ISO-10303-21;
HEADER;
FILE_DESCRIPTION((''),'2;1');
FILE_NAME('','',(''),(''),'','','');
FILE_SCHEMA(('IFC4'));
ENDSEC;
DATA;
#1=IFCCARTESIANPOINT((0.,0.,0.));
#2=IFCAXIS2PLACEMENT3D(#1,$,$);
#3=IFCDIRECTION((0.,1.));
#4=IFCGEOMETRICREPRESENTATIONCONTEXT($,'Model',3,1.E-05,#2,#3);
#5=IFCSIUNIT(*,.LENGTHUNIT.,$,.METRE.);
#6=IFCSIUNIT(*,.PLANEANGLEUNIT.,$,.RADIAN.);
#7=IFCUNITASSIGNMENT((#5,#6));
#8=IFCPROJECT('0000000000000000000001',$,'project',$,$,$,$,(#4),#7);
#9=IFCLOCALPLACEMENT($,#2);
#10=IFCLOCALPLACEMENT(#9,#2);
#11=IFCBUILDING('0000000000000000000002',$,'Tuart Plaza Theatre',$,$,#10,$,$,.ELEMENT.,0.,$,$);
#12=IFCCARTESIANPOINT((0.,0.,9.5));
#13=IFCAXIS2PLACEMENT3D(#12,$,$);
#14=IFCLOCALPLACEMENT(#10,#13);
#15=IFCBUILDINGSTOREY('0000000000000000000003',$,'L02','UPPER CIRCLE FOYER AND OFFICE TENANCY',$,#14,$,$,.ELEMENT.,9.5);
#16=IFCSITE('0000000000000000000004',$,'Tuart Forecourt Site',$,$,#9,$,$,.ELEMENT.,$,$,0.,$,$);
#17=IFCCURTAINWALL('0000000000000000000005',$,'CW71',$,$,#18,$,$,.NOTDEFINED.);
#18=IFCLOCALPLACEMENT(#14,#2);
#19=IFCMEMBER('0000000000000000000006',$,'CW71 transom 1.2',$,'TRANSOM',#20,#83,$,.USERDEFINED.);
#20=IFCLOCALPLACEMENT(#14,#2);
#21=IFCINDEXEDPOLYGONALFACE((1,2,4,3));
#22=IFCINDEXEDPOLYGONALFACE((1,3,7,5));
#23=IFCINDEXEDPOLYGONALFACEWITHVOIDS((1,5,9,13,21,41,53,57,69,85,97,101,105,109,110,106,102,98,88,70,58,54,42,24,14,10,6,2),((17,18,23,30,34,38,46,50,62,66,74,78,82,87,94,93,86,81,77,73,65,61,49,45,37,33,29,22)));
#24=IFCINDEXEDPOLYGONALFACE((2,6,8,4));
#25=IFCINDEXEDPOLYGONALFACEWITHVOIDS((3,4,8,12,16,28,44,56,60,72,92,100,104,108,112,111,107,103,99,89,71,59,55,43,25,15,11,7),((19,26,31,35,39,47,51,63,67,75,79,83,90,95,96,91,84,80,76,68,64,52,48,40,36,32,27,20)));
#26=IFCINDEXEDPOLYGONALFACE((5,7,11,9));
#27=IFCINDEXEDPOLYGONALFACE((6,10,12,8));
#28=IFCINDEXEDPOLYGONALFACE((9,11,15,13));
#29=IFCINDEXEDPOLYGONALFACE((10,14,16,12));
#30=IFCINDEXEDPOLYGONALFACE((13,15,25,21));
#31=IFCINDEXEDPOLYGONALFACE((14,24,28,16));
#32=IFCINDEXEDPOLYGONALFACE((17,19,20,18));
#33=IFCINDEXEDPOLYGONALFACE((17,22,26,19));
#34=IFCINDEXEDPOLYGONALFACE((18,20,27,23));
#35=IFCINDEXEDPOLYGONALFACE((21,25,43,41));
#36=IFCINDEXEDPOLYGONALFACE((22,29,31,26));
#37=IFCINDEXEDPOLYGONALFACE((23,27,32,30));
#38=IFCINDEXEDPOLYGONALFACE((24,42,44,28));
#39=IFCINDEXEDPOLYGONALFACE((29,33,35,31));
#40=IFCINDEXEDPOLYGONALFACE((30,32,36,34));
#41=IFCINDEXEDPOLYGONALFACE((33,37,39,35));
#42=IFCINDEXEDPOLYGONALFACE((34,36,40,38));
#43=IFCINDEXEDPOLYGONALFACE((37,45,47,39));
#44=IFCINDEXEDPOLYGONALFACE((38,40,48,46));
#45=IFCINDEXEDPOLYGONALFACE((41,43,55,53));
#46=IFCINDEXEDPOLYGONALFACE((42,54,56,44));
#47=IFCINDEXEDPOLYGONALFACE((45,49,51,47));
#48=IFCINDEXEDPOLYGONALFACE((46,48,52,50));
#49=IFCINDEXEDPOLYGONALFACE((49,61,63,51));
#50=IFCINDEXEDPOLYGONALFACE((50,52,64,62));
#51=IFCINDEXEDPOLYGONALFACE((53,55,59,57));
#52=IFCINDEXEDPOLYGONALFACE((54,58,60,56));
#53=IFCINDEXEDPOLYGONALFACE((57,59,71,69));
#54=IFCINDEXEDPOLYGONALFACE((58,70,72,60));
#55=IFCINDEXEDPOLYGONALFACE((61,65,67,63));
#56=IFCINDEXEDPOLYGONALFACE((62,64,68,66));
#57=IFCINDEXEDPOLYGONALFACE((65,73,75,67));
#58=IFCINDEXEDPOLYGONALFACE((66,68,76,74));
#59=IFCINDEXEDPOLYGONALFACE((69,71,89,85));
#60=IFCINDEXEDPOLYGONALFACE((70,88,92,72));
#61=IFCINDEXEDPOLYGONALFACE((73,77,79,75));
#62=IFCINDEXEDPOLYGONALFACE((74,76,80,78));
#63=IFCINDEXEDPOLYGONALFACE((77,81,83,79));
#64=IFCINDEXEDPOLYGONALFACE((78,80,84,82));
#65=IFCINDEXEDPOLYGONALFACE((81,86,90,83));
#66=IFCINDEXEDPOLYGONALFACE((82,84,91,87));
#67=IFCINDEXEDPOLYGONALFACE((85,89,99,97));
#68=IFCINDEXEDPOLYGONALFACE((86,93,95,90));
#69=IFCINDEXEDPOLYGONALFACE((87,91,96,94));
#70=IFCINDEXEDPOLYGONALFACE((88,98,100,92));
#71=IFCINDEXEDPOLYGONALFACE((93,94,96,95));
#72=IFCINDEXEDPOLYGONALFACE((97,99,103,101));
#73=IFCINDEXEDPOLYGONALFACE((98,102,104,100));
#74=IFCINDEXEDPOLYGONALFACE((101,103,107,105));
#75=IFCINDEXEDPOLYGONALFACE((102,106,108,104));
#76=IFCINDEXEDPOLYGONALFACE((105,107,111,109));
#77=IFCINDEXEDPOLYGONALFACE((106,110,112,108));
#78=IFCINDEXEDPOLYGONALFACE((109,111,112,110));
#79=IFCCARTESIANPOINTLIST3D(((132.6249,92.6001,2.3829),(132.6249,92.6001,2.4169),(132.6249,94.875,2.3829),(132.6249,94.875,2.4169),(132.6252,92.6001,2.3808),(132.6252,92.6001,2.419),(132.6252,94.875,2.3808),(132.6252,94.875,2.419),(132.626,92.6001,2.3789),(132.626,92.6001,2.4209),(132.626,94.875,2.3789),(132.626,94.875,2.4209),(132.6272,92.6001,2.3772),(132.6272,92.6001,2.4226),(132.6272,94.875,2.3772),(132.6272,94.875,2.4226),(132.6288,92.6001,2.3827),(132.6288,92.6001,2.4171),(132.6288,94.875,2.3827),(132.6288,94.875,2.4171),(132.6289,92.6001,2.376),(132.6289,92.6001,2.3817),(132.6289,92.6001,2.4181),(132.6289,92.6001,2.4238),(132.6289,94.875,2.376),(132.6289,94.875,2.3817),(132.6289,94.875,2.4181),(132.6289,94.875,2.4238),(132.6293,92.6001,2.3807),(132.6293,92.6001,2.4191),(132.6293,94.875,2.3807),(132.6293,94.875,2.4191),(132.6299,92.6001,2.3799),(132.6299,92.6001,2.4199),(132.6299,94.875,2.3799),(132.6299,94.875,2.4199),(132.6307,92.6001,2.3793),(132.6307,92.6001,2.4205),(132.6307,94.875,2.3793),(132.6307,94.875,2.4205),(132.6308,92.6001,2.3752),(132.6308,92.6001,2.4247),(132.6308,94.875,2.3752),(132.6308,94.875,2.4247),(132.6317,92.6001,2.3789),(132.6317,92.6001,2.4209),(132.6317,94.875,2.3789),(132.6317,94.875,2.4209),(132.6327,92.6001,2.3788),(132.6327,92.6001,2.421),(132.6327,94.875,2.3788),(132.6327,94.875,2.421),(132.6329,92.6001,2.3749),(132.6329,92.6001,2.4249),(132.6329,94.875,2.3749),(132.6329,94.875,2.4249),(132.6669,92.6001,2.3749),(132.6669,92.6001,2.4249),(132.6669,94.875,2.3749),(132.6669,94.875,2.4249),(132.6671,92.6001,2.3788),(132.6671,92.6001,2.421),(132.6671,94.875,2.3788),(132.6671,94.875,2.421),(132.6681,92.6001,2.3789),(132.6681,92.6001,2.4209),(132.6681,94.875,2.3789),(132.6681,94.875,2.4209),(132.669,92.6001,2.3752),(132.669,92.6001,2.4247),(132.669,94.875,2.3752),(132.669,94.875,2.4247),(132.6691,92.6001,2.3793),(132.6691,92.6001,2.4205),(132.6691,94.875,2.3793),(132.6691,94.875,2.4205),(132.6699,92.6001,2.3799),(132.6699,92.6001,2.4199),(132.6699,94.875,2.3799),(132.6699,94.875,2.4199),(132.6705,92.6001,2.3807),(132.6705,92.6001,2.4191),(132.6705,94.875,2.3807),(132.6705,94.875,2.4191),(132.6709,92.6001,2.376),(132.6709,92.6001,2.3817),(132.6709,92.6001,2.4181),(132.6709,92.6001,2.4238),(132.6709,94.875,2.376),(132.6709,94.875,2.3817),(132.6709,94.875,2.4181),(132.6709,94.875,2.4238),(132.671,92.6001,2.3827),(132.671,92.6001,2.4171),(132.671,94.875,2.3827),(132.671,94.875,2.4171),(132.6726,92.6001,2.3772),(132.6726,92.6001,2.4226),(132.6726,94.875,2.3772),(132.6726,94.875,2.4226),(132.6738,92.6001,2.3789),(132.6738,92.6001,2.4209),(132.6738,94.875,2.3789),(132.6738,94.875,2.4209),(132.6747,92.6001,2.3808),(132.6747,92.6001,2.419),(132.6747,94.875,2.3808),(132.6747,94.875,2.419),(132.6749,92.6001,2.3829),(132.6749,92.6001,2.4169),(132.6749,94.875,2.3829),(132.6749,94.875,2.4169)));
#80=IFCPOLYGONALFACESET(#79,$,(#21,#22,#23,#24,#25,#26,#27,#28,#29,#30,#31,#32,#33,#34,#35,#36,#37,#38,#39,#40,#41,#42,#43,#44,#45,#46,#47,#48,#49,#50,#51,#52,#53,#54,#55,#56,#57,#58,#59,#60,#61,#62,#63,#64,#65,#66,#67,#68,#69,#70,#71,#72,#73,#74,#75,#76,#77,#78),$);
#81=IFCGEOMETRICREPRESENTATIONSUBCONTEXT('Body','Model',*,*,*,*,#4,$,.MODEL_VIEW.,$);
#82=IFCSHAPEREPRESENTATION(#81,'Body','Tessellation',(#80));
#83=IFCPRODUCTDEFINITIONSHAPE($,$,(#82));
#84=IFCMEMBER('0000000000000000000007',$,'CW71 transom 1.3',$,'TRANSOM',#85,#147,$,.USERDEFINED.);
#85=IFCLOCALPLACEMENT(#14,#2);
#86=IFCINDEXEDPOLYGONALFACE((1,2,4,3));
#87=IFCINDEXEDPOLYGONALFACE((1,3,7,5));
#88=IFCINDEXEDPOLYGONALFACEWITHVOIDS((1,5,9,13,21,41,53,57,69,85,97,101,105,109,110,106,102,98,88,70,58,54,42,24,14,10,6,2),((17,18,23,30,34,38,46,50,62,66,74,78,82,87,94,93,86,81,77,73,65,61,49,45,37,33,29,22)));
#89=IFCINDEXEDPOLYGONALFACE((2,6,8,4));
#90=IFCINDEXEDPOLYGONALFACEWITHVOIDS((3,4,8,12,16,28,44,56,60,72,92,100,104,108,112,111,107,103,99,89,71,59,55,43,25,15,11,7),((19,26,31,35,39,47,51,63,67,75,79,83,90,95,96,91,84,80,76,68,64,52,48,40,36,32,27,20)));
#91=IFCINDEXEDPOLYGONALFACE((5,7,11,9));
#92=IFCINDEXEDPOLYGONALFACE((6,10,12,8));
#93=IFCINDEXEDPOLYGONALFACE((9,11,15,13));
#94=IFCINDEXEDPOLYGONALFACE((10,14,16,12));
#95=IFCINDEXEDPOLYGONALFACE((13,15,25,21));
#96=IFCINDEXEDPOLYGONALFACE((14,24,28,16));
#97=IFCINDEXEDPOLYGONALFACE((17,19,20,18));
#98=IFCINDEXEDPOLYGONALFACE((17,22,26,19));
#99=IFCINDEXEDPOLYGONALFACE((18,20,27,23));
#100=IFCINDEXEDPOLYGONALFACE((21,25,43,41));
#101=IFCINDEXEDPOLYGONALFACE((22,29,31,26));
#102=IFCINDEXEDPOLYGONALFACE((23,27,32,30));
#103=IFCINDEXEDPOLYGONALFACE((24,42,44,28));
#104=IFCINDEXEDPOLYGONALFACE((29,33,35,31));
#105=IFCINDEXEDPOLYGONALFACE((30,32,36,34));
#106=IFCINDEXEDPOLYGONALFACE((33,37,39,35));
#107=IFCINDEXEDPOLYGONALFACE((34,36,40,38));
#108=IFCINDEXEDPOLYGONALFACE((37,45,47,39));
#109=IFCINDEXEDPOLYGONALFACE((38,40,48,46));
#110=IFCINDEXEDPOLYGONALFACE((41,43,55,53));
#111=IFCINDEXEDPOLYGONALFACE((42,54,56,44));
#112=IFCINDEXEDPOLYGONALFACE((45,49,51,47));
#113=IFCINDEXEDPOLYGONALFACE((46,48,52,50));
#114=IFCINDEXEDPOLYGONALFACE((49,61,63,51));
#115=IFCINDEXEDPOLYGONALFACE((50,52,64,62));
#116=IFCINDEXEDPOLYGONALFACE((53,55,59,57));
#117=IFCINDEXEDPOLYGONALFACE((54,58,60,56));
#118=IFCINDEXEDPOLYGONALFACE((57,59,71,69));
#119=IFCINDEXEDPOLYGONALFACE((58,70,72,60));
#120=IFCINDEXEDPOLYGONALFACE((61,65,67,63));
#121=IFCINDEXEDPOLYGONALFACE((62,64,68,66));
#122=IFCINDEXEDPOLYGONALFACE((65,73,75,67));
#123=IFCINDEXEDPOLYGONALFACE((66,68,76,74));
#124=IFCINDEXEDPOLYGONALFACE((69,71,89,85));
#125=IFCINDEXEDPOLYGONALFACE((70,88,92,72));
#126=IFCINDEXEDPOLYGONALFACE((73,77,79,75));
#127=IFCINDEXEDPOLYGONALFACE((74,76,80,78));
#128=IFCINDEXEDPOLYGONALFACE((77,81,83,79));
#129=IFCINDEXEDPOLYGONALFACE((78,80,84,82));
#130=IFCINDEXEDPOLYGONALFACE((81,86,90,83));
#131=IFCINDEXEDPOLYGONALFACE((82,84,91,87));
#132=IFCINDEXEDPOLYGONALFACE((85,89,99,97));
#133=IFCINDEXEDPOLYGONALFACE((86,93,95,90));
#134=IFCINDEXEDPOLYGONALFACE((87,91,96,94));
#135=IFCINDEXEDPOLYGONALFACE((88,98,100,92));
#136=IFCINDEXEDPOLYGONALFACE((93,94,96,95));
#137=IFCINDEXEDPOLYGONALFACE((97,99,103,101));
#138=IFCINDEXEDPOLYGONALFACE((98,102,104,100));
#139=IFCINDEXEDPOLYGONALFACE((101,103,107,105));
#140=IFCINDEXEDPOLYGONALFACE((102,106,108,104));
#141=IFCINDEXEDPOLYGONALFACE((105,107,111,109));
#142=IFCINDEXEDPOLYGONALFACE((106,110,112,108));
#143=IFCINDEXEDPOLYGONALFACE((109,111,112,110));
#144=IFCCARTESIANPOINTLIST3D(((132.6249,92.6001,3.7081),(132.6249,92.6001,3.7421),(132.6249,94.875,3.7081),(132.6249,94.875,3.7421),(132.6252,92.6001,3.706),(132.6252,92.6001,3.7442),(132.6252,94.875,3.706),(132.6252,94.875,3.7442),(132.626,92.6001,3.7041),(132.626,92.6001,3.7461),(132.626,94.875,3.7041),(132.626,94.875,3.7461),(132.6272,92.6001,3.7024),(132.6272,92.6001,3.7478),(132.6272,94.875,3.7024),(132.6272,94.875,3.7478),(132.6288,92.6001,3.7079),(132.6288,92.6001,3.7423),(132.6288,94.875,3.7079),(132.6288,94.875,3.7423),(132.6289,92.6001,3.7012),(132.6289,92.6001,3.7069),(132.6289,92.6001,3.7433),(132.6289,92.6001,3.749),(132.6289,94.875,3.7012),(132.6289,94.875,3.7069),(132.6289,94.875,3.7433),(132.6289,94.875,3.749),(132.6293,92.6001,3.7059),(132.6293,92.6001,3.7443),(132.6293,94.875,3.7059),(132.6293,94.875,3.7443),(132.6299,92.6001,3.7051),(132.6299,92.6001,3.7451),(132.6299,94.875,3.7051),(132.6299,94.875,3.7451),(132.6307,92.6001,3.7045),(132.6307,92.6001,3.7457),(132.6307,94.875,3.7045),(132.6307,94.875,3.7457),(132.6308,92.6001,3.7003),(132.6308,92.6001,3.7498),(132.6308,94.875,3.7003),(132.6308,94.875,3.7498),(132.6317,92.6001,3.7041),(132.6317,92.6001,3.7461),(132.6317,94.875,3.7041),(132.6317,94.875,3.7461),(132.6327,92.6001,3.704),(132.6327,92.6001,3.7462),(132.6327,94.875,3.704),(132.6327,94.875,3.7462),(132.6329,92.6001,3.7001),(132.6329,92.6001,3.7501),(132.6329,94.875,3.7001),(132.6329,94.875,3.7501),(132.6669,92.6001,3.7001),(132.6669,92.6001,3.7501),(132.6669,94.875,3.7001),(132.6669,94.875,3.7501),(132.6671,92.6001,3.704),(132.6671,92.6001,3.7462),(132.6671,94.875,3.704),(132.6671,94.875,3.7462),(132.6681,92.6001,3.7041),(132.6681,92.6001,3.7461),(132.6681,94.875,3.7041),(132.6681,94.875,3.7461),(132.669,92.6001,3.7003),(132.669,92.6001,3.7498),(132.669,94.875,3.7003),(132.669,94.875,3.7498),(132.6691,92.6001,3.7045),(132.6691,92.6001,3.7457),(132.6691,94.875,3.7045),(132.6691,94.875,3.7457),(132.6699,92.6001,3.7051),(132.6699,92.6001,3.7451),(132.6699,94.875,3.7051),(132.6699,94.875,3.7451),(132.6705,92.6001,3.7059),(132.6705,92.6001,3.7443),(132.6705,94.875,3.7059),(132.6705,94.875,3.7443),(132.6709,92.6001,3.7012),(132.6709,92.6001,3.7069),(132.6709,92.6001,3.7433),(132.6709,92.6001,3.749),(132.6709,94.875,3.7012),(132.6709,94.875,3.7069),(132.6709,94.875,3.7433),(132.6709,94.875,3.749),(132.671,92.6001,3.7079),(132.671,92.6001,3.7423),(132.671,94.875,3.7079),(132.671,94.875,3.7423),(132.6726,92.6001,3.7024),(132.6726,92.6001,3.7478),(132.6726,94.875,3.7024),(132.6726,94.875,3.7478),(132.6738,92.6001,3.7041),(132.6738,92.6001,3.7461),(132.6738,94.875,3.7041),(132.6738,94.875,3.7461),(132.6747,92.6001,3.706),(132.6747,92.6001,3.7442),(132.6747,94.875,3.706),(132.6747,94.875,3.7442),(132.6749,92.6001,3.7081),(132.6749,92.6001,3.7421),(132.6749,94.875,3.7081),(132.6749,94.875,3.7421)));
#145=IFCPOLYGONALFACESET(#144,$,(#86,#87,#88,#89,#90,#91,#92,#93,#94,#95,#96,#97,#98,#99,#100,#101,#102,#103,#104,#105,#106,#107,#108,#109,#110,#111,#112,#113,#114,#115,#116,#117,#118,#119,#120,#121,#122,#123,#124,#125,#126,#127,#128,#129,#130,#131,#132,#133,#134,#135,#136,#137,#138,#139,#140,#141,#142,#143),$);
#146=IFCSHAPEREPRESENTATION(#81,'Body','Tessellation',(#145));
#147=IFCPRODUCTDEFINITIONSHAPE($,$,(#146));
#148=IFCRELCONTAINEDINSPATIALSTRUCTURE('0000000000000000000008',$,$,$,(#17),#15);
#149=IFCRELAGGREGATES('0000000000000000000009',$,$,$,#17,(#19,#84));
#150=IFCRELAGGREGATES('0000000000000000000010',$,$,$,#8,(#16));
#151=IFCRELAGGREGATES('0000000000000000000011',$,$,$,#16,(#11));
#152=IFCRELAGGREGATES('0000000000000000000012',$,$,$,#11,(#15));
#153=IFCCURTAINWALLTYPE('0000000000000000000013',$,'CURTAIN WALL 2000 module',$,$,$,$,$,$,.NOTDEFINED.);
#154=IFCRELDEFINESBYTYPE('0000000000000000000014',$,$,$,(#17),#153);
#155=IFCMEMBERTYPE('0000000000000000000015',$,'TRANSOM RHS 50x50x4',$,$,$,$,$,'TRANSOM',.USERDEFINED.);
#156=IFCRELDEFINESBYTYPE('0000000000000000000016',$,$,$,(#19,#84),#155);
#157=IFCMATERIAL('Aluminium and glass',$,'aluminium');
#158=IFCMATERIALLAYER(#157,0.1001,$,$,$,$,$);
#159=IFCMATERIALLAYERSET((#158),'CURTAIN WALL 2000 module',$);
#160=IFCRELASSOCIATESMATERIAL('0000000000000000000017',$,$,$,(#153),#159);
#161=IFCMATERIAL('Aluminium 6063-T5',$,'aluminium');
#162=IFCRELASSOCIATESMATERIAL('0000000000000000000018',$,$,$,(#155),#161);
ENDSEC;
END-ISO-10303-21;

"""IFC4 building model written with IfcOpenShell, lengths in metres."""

from ifc_helpers import new_model, si_unit, direction, frame, origin, origin_2d, place, context, subcontext, project, spatial, hollow_rectangle, extrude, material, layer, layer_set, material_profile, profile_set, type_object, element, aggregate, save


model = new_model("IFC4")

# Units and contexts
model_context = context("Model", 3, precision=1e-05, world=origin(), true_north=direction((0.0, 1.0)))
body_context = subcontext(model_context, "Body", "Model", "MODEL_VIEW")
ifc_project = project(units=[si_unit("LENGTHUNIT", "METRE"), si_unit("PLANEANGLEUNIT", "RADIAN")], contexts=[model_context])

# Site, building, storey
site_placement = place(None, origin())
site = spatial("IfcSite", under=ifc_project, at=site_placement, Name="Tuart Forecourt Site", CompositionType="ELEMENT", RefElevation=0.0)
building_placement = place(site_placement, origin())
building = spatial("IfcBuilding", under=site, at=building_placement, Name="Tuart Plaza Theatre", CompositionType="ELEMENT", ElevationOfRefHeight=0.0)
storey_placement = place(building_placement, frame((0.0, 0.0, 9.5)))
storey = spatial("IfcBuildingStorey", under=building, at=storey_placement, Name="L02", Description="UPPER CIRCLE FOYER AND OFFICE TENANCY", CompositionType="ELEMENT", Elevation=9.5)

# Curtain wall
ifc_material_1 = material(Name="Aluminium and glass", Category="aluminium")
ifc_layer_1 = layer(ifc_material_1, 0.1001)
ifc_layer_set_1 = layer_set([ifc_layer_1], Name="CURTAIN WALL 2000 module")
curtain_wall_type = type_object("IfcCurtainWallType", Name="CURTAIN WALL 2000 module", PredefinedType="NOTDEFINED", material=ifc_layer_set_1)
curtain_wall_1_placement = place(storey_placement, origin())
curtain_wall_1 = element("IfcCurtainWall", 1, at=curtain_wall_1_placement, inside=storey, type_object=curtain_wall_type, Name="CW71", PredefinedType="NOTDEFINED")

# Members
ifc_material_2 = material(Name="Aluminium 6063-T5", Category="aluminium")
ifc_material_profile_1 = material_profile(ifc_material_2, hollow_rectangle(XDim=0.05, YDim=0.05, WallThickness=0.0039, InnerFilletRadius=0.0039, OuterFilletRadius=0.0081, at=origin_2d()), Name="RHS 50x50x4")
ifc_profile_set_1 = profile_set([ifc_material_profile_1], Name="Aluminium 6063-T5")
member_type_1 = type_object("IfcMemberType", Name="TRANSOM RHS 50x50x4", ElementType="TRANSOM", PredefinedType="USERDEFINED", material=ifc_profile_set_1)
member_1_placement = place(storey_placement, frame((132.6499, 92.6001, 2.3999), z_axis=(0.0, 1.0, 0.0), x_axis=(-1.0, 0.0, 0.0)))
member_1 = element("IfcMember", 2, at=member_1_placement, type_object=member_type_1, Name="CW71 transom 1.2", ObjectType="TRANSOM", PredefinedType="USERDEFINED", context=body_context, shape_type="SweptSolid", body=[
    extrude(hollow_rectangle(XDim=0.05, YDim=0.05, WallThickness=0.0039, InnerFilletRadius=0.0039, OuterFilletRadius=0.0081, at=origin_2d()), origin(), (0.0, 0.0, 1.0), 2.2749),
])
member_2_placement = place(storey_placement, frame((132.6499, 92.6001, 3.7251), z_axis=(0.0, 1.0, 0.0), x_axis=(-1.0, 0.0, 0.0)))
member_2 = element("IfcMember", 3, at=member_2_placement, type_object=member_type_1, Name="CW71 transom 1.3", ObjectType="TRANSOM", PredefinedType="USERDEFINED", context=body_context, shape_type="SweptSolid", body=[
    extrude(hollow_rectangle(XDim=0.05, YDim=0.05, WallThickness=0.0039, InnerFilletRadius=0.0039, OuterFilletRadius=0.0081, at=origin_2d()), origin(), (0.0, 0.0, 1.0), 2.2749),
])

aggregate(curtain_wall_1, [member_1, member_2])

save(model, "model.ifc")
